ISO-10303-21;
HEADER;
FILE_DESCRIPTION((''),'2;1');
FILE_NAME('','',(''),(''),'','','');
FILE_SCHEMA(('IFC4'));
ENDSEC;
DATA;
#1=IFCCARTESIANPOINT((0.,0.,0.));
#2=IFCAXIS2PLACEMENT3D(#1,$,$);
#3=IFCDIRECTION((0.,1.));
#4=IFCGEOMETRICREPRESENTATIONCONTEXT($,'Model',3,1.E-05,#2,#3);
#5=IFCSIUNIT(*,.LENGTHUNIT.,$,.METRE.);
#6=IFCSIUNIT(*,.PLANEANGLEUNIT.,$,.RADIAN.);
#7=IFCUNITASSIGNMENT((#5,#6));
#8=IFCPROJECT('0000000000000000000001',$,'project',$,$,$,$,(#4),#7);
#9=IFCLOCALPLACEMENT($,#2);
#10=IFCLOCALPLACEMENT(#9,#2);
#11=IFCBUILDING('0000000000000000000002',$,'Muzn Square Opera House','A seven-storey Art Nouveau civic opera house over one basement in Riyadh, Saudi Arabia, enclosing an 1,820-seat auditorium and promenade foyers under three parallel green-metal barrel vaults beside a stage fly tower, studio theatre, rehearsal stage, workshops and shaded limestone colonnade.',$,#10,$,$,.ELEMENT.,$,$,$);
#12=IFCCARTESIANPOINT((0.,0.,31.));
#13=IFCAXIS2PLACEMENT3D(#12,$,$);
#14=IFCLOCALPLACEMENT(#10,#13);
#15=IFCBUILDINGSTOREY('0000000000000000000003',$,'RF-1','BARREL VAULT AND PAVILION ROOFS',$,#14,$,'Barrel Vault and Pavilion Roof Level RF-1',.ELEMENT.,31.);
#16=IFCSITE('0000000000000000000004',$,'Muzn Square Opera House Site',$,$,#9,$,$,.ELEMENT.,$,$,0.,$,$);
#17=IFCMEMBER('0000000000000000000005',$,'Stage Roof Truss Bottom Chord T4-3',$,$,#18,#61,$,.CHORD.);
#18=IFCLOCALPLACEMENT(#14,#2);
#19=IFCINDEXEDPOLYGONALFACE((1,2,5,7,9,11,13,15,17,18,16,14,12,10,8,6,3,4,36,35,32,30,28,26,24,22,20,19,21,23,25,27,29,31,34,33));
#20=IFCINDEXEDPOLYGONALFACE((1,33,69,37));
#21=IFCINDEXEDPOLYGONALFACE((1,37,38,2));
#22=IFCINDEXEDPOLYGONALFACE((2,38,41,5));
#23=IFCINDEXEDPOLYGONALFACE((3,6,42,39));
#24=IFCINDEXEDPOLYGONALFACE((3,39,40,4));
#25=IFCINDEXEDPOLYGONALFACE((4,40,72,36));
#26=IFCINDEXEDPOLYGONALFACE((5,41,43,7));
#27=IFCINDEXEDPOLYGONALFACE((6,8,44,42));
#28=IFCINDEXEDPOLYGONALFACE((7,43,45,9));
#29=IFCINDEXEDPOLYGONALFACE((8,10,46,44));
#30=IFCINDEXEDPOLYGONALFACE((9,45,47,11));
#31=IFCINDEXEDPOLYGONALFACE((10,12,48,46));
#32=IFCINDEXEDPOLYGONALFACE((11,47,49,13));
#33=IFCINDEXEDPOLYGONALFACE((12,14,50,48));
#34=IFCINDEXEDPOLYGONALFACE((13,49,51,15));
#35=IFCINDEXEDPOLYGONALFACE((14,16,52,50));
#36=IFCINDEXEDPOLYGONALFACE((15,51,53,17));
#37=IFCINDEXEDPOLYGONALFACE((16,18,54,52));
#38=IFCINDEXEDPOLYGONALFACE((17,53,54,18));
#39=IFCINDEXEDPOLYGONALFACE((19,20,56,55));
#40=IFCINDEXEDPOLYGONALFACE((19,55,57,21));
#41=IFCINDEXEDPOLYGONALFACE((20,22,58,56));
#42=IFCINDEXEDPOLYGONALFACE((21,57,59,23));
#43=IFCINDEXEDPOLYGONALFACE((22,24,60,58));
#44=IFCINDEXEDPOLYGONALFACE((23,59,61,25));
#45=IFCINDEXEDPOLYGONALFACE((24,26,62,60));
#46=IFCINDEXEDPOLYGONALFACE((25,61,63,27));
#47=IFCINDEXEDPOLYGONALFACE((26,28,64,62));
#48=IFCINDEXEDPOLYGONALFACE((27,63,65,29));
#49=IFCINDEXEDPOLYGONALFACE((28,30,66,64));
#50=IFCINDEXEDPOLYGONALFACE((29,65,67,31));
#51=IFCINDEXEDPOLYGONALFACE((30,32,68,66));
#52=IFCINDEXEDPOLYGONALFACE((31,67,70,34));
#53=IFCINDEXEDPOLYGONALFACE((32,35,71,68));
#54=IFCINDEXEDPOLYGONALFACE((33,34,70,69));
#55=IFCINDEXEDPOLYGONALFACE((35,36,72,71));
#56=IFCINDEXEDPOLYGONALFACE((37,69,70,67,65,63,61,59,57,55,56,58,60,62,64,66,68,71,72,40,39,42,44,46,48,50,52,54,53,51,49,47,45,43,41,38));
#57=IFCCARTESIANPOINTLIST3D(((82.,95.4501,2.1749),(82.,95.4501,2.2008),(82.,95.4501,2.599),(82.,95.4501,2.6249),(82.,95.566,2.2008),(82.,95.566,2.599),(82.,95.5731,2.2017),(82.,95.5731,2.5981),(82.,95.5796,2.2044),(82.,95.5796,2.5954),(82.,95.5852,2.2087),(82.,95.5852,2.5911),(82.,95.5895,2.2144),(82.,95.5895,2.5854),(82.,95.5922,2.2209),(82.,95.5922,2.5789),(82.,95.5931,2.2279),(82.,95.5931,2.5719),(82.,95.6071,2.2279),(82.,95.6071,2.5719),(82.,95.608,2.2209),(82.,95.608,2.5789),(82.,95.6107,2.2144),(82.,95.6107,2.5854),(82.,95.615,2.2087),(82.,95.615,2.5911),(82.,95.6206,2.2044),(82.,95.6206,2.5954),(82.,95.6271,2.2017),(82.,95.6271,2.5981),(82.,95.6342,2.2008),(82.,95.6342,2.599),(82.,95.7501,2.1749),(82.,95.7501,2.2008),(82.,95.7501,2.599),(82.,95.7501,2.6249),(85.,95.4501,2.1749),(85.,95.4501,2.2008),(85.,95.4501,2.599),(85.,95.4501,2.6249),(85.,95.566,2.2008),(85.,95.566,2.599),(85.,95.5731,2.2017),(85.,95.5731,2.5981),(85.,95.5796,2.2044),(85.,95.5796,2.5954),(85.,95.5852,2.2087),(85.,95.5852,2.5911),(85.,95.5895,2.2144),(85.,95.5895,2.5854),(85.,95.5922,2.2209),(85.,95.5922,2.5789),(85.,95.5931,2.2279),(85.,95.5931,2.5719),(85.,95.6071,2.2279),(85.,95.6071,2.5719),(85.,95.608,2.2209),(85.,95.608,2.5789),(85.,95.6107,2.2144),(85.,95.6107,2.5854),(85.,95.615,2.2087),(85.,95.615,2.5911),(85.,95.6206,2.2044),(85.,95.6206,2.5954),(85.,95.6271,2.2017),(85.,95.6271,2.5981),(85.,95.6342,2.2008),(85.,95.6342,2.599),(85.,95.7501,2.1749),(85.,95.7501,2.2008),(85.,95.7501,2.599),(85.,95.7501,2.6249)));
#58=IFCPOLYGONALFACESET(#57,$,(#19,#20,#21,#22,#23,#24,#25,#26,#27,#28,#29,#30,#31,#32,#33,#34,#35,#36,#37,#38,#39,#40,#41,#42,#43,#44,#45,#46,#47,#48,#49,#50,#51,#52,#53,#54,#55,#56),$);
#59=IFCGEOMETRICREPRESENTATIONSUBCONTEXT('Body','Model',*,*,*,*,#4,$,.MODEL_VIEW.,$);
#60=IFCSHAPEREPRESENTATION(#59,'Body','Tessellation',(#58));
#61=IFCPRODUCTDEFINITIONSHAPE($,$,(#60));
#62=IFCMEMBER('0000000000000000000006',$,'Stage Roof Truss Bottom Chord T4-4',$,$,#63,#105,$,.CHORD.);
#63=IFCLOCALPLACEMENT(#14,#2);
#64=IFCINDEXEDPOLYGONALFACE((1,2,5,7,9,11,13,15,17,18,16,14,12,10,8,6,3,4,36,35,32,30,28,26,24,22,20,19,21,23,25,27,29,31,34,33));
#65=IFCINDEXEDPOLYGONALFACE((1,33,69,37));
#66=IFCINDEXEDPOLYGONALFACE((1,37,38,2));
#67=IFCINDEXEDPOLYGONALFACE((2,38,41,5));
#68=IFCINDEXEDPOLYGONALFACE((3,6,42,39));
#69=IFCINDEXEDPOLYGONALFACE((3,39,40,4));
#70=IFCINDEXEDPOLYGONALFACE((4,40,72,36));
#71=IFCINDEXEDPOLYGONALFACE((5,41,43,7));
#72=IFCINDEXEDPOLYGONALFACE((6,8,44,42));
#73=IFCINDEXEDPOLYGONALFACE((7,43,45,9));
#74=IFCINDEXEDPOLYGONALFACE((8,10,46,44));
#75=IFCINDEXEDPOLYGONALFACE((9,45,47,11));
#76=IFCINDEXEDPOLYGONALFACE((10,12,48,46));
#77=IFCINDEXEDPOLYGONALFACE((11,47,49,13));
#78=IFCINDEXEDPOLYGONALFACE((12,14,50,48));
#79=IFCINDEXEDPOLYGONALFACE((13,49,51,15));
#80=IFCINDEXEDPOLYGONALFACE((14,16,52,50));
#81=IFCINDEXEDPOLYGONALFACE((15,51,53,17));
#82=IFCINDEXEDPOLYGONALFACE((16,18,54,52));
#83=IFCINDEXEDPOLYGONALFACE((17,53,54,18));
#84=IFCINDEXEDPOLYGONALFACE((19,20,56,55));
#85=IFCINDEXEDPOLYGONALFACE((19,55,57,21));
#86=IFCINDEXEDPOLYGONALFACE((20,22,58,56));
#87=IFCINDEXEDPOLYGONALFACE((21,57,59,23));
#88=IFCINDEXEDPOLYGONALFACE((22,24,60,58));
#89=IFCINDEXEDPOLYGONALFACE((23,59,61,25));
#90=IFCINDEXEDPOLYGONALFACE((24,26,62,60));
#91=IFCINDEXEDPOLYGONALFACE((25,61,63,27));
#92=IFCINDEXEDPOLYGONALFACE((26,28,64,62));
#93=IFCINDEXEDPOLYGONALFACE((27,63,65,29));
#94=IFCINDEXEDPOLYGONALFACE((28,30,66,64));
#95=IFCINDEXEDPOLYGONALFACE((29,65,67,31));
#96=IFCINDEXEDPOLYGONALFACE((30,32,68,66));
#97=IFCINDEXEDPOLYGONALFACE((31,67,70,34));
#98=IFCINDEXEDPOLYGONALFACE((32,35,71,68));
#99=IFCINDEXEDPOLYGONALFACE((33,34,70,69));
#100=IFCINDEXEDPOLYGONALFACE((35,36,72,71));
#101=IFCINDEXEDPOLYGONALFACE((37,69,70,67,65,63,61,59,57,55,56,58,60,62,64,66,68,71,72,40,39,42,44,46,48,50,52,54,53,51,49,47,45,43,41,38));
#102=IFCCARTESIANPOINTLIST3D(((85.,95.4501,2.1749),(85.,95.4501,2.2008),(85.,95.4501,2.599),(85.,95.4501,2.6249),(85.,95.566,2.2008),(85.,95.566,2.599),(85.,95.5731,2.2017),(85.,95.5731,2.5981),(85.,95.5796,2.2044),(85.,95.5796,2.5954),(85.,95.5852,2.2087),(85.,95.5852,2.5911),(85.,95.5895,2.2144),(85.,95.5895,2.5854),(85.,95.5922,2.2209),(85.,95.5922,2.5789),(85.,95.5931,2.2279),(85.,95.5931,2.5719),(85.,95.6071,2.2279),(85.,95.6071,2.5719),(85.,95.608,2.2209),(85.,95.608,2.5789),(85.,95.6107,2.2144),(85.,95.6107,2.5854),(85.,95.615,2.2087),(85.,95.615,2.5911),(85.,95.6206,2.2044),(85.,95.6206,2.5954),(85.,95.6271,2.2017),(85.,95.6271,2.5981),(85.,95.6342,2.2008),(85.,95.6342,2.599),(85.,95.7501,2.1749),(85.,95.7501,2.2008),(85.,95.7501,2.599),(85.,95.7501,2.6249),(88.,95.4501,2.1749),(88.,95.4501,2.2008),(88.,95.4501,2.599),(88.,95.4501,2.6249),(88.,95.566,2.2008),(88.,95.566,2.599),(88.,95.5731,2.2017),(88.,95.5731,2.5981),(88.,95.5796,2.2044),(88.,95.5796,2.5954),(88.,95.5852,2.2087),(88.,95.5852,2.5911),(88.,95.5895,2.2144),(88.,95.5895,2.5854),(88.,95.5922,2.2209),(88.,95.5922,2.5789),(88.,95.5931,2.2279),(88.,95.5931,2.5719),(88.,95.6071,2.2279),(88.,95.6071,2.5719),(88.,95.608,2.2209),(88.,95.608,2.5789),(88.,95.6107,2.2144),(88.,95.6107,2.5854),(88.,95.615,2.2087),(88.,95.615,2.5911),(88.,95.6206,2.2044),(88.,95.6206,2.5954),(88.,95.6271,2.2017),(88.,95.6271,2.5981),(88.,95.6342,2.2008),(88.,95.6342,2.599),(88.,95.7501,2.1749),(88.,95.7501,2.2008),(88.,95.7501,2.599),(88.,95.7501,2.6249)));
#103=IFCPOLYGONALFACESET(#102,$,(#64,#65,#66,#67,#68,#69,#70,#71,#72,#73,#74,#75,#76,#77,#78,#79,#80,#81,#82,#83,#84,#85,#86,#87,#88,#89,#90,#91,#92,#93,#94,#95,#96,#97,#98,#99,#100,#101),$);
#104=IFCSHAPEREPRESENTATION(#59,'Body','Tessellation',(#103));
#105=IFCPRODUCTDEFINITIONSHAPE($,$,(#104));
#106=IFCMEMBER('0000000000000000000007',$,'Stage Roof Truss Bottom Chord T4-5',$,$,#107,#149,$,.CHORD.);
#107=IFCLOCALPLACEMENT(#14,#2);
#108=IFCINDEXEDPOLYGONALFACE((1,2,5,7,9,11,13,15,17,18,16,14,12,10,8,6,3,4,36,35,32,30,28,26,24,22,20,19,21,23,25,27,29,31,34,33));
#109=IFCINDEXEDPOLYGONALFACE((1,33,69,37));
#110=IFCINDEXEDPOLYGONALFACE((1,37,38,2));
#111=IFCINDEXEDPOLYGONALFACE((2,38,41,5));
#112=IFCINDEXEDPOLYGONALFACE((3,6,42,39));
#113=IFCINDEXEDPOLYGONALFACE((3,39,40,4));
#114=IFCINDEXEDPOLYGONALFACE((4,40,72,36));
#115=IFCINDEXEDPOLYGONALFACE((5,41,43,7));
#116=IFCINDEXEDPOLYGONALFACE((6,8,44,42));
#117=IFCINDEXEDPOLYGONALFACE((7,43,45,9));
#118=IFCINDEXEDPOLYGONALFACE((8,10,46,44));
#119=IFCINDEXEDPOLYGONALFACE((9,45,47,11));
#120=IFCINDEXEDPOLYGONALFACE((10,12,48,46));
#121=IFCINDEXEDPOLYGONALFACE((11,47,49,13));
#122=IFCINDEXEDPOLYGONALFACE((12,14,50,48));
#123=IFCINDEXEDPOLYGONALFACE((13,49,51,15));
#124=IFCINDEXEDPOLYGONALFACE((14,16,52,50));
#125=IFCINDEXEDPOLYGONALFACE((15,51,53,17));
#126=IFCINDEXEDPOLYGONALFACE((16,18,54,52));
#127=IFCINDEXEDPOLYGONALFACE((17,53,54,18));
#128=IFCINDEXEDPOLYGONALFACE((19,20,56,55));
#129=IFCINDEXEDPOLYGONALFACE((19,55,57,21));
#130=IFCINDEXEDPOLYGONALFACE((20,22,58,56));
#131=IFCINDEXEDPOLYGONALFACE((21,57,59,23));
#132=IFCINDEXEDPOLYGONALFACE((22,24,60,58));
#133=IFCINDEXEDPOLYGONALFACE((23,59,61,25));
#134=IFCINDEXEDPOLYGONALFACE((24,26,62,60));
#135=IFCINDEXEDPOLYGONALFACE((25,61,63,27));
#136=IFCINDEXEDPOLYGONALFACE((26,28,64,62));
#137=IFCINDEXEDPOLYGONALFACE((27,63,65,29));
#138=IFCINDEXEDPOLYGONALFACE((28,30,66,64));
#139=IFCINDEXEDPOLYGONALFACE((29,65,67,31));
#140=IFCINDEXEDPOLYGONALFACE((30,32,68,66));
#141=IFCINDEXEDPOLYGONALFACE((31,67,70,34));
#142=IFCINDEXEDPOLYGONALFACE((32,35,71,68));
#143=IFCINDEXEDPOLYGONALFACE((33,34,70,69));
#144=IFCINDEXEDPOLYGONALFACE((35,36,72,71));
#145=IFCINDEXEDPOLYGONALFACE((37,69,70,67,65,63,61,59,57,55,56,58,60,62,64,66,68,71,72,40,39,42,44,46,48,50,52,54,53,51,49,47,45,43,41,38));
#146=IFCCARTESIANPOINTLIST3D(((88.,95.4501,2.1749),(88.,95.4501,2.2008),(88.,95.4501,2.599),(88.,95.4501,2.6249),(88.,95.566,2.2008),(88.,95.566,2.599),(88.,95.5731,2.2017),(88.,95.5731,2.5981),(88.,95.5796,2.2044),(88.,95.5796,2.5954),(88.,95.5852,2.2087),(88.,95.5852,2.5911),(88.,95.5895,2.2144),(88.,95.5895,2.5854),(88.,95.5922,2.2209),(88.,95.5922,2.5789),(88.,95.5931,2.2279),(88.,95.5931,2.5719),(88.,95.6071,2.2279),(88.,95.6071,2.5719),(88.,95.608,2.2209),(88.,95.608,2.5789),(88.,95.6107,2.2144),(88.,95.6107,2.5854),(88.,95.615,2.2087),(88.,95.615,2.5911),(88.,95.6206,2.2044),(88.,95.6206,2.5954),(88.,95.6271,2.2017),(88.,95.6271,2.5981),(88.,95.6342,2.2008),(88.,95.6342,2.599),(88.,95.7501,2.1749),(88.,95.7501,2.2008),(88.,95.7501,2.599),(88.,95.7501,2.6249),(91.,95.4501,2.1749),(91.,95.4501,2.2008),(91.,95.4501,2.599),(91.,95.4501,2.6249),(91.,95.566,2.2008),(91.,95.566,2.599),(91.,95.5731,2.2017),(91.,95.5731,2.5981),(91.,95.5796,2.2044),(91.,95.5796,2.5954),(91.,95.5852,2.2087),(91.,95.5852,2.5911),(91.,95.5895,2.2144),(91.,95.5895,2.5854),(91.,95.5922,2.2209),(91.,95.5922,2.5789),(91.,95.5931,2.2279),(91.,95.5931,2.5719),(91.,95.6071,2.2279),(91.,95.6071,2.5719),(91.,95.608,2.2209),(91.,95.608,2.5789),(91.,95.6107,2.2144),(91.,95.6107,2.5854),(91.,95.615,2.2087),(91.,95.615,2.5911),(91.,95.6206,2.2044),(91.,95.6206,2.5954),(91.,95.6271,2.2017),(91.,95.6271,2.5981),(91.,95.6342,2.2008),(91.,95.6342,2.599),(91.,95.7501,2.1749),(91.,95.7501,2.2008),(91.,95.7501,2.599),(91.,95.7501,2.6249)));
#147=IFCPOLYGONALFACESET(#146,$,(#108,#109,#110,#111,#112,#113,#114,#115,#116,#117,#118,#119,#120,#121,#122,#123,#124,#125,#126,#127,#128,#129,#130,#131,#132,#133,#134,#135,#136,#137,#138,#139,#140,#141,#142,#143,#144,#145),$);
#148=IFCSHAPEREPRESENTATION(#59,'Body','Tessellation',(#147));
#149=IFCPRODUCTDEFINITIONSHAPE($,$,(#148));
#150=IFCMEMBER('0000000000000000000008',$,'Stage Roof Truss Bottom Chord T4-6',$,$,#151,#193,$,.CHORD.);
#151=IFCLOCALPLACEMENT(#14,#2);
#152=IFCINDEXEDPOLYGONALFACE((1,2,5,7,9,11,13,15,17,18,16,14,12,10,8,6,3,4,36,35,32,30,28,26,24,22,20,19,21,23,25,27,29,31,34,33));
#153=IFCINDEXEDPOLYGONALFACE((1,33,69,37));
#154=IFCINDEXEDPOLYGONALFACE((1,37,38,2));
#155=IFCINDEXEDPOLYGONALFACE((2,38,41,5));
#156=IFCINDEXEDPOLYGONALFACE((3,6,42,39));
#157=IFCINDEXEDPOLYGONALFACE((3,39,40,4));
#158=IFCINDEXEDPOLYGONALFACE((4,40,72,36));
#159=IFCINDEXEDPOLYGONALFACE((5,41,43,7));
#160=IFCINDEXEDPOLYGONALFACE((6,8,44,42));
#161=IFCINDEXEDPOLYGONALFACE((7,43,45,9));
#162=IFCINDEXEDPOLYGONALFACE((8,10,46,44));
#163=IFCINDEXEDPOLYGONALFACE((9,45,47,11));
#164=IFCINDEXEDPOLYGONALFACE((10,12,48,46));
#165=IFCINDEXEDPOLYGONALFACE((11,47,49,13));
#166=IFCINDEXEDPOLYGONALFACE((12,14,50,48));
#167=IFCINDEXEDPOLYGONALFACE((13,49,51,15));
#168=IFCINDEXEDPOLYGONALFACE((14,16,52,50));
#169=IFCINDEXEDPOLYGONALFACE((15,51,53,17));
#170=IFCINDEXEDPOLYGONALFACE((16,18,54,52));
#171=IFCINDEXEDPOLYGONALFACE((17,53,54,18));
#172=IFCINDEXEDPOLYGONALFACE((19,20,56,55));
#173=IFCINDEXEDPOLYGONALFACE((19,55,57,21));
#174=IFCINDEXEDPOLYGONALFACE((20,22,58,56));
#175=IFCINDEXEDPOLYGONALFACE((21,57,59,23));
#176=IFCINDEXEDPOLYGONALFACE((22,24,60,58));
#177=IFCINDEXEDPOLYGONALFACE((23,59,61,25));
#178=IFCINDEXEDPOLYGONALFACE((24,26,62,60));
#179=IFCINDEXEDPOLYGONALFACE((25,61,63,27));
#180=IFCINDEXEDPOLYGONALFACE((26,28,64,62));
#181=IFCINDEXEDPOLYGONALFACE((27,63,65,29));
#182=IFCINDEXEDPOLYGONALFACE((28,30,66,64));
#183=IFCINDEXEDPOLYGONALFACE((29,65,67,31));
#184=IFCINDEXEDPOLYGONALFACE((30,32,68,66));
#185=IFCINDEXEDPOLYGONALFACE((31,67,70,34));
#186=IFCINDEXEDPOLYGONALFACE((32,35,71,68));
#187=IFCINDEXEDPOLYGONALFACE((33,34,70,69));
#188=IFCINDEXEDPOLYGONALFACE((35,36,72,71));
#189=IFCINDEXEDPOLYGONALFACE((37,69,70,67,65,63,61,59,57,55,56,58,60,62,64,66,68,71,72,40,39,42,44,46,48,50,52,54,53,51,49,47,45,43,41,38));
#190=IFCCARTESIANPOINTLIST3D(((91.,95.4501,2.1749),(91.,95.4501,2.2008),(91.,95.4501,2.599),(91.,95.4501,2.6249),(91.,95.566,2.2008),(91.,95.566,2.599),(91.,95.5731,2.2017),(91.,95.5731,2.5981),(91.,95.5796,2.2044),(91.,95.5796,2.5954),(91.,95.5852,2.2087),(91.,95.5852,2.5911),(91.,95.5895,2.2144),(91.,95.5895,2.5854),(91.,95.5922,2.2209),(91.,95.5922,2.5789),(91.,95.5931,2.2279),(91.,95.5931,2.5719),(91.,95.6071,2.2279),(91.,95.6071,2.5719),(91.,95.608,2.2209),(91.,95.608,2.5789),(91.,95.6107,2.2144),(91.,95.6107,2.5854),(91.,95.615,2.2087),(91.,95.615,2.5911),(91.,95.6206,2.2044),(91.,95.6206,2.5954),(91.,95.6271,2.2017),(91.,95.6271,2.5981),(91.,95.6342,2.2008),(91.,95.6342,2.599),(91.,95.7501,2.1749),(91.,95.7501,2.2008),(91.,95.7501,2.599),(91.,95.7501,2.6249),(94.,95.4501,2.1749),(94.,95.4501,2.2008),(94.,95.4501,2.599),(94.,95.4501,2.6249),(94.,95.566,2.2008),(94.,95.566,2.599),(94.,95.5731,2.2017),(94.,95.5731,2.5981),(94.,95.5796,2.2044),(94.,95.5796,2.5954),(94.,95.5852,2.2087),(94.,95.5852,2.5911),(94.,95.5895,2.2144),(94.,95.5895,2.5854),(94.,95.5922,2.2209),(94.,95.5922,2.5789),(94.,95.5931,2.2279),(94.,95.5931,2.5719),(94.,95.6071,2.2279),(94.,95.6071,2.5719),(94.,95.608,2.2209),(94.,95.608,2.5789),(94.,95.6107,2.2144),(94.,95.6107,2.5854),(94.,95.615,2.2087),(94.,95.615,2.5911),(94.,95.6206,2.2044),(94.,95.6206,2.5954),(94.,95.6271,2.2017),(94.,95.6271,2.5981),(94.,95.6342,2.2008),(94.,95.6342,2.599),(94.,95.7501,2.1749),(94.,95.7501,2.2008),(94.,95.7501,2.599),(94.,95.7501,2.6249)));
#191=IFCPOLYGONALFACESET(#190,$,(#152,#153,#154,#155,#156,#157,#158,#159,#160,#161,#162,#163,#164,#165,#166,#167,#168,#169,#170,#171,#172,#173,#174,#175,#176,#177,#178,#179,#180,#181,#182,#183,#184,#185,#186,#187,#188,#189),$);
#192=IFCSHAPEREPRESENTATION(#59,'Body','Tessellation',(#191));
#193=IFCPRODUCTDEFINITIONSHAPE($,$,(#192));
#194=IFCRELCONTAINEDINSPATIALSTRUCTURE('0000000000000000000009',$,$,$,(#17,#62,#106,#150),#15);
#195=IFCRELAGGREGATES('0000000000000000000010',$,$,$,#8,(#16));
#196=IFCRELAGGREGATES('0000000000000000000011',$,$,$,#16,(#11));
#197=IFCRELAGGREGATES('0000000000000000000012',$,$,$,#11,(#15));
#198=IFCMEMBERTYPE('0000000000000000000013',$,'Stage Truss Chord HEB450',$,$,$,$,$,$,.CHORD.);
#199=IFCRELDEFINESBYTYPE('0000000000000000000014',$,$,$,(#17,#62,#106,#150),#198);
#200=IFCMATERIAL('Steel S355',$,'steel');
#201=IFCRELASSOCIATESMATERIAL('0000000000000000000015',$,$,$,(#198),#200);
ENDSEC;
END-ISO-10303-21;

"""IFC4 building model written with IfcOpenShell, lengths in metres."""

from ifc_helpers import new_model, si_unit, direction, frame, origin, origin_2d, place, context, subcontext, project, spatial, i_section, extrude, material, material_profile, profile_set, type_object, element, save


model = new_model("IFC4")

# Units and contexts
model_context = context("Model", 3, precision=1e-05, world=origin(), true_north=direction((0.0, 1.0)))
body_context = subcontext(model_context, "Body", "Model", "MODEL_VIEW")
ifc_project = project(units=[si_unit("LENGTHUNIT", "METRE"), si_unit("PLANEANGLEUNIT", "RADIAN")], contexts=[model_context])

# Site, building, storey
site_placement = place(None, origin())
site = spatial("IfcSite", under=ifc_project, at=site_placement, Name="Muzn Square Opera House Site", CompositionType="ELEMENT", RefElevation=0.0)
building_placement = place(site_placement, origin())
building = spatial("IfcBuilding", under=site, at=building_placement, Name="Muzn Square Opera House", Description="A seven-storey Art Nouveau civic opera house over one basement in Riyadh, Saudi Arabia, enclosing an 1,820-seat auditorium and promenade foyers under three parallel green-metal barrel vaults beside a stage fly tower, studio theatre, rehearsal stage, workshops and shaded limestone colonnade.", CompositionType="ELEMENT")
storey_placement = place(building_placement, frame((0.0, 0.0, 31.0)))
storey = spatial("IfcBuildingStorey", under=building, at=storey_placement, Name="RF-1", Description="BARREL VAULT AND PAVILION ROOFS", LongName="Barrel Vault and Pavilion Roof Level RF-1", CompositionType="ELEMENT", Elevation=31.0)

# Shared definitions
ifc_material_1 = material(Name="Steel S355", Category="steel")

# Members
ifc_material_profile_1 = material_profile(ifc_material_1, i_section(OverallWidth=0.3, OverallDepth=0.45, WebThickness=0.0139, FlangeThickness=0.0259, FilletRadius=0.0271, at=origin_2d()), Name="HEB 450", Category="steel")
ifc_profile_set_1 = profile_set([ifc_material_profile_1], Name="Steel S355")
member_type_1 = type_object("IfcMemberType", Name="Stage Truss Chord HEB450", PredefinedType="CHORD", material=ifc_profile_set_1)
for number, where, z_axis, x_axis, name in (
    (1, (82.0, 95.6001, 2.3999), (1.0, 0.0, 0.0), (0.0, 1.0, 0.0), "Stage Roof Truss Bottom Chord T4-3"),
    (2, (85.0, 95.6001, 2.3999), (1.0, 0.0, 0.0), (0.0, 1.0, 0.0), "Stage Roof Truss Bottom Chord T4-4"),
    (3, (88.0, 95.6001, 2.3999), (1.0, 0.0, 0.0), (0.0, 1.0, 0.0), "Stage Roof Truss Bottom Chord T4-5"),
    (4, (91.0, 95.6001, 2.3999), (1.0, 0.0, 0.0), (0.0, 1.0, 0.0), "Stage Roof Truss Bottom Chord T4-6"),
):
    element("IfcMember", number, at=place(storey_placement, frame(where, z_axis=z_axis, x_axis=x_axis)), inside=storey, type_object=member_type_1, Name=name, PredefinedType="CHORD", context=body_context, shape_type="SweptSolid", body=[
        extrude(i_section(OverallWidth=0.3, OverallDepth=0.45, WebThickness=0.0139, FlangeThickness=0.0259, FilletRadius=0.0271, at=origin_2d()), origin(), (0.0, 0.0, 1.0), 3.0),
    ])

save(model, "model.ifc")
